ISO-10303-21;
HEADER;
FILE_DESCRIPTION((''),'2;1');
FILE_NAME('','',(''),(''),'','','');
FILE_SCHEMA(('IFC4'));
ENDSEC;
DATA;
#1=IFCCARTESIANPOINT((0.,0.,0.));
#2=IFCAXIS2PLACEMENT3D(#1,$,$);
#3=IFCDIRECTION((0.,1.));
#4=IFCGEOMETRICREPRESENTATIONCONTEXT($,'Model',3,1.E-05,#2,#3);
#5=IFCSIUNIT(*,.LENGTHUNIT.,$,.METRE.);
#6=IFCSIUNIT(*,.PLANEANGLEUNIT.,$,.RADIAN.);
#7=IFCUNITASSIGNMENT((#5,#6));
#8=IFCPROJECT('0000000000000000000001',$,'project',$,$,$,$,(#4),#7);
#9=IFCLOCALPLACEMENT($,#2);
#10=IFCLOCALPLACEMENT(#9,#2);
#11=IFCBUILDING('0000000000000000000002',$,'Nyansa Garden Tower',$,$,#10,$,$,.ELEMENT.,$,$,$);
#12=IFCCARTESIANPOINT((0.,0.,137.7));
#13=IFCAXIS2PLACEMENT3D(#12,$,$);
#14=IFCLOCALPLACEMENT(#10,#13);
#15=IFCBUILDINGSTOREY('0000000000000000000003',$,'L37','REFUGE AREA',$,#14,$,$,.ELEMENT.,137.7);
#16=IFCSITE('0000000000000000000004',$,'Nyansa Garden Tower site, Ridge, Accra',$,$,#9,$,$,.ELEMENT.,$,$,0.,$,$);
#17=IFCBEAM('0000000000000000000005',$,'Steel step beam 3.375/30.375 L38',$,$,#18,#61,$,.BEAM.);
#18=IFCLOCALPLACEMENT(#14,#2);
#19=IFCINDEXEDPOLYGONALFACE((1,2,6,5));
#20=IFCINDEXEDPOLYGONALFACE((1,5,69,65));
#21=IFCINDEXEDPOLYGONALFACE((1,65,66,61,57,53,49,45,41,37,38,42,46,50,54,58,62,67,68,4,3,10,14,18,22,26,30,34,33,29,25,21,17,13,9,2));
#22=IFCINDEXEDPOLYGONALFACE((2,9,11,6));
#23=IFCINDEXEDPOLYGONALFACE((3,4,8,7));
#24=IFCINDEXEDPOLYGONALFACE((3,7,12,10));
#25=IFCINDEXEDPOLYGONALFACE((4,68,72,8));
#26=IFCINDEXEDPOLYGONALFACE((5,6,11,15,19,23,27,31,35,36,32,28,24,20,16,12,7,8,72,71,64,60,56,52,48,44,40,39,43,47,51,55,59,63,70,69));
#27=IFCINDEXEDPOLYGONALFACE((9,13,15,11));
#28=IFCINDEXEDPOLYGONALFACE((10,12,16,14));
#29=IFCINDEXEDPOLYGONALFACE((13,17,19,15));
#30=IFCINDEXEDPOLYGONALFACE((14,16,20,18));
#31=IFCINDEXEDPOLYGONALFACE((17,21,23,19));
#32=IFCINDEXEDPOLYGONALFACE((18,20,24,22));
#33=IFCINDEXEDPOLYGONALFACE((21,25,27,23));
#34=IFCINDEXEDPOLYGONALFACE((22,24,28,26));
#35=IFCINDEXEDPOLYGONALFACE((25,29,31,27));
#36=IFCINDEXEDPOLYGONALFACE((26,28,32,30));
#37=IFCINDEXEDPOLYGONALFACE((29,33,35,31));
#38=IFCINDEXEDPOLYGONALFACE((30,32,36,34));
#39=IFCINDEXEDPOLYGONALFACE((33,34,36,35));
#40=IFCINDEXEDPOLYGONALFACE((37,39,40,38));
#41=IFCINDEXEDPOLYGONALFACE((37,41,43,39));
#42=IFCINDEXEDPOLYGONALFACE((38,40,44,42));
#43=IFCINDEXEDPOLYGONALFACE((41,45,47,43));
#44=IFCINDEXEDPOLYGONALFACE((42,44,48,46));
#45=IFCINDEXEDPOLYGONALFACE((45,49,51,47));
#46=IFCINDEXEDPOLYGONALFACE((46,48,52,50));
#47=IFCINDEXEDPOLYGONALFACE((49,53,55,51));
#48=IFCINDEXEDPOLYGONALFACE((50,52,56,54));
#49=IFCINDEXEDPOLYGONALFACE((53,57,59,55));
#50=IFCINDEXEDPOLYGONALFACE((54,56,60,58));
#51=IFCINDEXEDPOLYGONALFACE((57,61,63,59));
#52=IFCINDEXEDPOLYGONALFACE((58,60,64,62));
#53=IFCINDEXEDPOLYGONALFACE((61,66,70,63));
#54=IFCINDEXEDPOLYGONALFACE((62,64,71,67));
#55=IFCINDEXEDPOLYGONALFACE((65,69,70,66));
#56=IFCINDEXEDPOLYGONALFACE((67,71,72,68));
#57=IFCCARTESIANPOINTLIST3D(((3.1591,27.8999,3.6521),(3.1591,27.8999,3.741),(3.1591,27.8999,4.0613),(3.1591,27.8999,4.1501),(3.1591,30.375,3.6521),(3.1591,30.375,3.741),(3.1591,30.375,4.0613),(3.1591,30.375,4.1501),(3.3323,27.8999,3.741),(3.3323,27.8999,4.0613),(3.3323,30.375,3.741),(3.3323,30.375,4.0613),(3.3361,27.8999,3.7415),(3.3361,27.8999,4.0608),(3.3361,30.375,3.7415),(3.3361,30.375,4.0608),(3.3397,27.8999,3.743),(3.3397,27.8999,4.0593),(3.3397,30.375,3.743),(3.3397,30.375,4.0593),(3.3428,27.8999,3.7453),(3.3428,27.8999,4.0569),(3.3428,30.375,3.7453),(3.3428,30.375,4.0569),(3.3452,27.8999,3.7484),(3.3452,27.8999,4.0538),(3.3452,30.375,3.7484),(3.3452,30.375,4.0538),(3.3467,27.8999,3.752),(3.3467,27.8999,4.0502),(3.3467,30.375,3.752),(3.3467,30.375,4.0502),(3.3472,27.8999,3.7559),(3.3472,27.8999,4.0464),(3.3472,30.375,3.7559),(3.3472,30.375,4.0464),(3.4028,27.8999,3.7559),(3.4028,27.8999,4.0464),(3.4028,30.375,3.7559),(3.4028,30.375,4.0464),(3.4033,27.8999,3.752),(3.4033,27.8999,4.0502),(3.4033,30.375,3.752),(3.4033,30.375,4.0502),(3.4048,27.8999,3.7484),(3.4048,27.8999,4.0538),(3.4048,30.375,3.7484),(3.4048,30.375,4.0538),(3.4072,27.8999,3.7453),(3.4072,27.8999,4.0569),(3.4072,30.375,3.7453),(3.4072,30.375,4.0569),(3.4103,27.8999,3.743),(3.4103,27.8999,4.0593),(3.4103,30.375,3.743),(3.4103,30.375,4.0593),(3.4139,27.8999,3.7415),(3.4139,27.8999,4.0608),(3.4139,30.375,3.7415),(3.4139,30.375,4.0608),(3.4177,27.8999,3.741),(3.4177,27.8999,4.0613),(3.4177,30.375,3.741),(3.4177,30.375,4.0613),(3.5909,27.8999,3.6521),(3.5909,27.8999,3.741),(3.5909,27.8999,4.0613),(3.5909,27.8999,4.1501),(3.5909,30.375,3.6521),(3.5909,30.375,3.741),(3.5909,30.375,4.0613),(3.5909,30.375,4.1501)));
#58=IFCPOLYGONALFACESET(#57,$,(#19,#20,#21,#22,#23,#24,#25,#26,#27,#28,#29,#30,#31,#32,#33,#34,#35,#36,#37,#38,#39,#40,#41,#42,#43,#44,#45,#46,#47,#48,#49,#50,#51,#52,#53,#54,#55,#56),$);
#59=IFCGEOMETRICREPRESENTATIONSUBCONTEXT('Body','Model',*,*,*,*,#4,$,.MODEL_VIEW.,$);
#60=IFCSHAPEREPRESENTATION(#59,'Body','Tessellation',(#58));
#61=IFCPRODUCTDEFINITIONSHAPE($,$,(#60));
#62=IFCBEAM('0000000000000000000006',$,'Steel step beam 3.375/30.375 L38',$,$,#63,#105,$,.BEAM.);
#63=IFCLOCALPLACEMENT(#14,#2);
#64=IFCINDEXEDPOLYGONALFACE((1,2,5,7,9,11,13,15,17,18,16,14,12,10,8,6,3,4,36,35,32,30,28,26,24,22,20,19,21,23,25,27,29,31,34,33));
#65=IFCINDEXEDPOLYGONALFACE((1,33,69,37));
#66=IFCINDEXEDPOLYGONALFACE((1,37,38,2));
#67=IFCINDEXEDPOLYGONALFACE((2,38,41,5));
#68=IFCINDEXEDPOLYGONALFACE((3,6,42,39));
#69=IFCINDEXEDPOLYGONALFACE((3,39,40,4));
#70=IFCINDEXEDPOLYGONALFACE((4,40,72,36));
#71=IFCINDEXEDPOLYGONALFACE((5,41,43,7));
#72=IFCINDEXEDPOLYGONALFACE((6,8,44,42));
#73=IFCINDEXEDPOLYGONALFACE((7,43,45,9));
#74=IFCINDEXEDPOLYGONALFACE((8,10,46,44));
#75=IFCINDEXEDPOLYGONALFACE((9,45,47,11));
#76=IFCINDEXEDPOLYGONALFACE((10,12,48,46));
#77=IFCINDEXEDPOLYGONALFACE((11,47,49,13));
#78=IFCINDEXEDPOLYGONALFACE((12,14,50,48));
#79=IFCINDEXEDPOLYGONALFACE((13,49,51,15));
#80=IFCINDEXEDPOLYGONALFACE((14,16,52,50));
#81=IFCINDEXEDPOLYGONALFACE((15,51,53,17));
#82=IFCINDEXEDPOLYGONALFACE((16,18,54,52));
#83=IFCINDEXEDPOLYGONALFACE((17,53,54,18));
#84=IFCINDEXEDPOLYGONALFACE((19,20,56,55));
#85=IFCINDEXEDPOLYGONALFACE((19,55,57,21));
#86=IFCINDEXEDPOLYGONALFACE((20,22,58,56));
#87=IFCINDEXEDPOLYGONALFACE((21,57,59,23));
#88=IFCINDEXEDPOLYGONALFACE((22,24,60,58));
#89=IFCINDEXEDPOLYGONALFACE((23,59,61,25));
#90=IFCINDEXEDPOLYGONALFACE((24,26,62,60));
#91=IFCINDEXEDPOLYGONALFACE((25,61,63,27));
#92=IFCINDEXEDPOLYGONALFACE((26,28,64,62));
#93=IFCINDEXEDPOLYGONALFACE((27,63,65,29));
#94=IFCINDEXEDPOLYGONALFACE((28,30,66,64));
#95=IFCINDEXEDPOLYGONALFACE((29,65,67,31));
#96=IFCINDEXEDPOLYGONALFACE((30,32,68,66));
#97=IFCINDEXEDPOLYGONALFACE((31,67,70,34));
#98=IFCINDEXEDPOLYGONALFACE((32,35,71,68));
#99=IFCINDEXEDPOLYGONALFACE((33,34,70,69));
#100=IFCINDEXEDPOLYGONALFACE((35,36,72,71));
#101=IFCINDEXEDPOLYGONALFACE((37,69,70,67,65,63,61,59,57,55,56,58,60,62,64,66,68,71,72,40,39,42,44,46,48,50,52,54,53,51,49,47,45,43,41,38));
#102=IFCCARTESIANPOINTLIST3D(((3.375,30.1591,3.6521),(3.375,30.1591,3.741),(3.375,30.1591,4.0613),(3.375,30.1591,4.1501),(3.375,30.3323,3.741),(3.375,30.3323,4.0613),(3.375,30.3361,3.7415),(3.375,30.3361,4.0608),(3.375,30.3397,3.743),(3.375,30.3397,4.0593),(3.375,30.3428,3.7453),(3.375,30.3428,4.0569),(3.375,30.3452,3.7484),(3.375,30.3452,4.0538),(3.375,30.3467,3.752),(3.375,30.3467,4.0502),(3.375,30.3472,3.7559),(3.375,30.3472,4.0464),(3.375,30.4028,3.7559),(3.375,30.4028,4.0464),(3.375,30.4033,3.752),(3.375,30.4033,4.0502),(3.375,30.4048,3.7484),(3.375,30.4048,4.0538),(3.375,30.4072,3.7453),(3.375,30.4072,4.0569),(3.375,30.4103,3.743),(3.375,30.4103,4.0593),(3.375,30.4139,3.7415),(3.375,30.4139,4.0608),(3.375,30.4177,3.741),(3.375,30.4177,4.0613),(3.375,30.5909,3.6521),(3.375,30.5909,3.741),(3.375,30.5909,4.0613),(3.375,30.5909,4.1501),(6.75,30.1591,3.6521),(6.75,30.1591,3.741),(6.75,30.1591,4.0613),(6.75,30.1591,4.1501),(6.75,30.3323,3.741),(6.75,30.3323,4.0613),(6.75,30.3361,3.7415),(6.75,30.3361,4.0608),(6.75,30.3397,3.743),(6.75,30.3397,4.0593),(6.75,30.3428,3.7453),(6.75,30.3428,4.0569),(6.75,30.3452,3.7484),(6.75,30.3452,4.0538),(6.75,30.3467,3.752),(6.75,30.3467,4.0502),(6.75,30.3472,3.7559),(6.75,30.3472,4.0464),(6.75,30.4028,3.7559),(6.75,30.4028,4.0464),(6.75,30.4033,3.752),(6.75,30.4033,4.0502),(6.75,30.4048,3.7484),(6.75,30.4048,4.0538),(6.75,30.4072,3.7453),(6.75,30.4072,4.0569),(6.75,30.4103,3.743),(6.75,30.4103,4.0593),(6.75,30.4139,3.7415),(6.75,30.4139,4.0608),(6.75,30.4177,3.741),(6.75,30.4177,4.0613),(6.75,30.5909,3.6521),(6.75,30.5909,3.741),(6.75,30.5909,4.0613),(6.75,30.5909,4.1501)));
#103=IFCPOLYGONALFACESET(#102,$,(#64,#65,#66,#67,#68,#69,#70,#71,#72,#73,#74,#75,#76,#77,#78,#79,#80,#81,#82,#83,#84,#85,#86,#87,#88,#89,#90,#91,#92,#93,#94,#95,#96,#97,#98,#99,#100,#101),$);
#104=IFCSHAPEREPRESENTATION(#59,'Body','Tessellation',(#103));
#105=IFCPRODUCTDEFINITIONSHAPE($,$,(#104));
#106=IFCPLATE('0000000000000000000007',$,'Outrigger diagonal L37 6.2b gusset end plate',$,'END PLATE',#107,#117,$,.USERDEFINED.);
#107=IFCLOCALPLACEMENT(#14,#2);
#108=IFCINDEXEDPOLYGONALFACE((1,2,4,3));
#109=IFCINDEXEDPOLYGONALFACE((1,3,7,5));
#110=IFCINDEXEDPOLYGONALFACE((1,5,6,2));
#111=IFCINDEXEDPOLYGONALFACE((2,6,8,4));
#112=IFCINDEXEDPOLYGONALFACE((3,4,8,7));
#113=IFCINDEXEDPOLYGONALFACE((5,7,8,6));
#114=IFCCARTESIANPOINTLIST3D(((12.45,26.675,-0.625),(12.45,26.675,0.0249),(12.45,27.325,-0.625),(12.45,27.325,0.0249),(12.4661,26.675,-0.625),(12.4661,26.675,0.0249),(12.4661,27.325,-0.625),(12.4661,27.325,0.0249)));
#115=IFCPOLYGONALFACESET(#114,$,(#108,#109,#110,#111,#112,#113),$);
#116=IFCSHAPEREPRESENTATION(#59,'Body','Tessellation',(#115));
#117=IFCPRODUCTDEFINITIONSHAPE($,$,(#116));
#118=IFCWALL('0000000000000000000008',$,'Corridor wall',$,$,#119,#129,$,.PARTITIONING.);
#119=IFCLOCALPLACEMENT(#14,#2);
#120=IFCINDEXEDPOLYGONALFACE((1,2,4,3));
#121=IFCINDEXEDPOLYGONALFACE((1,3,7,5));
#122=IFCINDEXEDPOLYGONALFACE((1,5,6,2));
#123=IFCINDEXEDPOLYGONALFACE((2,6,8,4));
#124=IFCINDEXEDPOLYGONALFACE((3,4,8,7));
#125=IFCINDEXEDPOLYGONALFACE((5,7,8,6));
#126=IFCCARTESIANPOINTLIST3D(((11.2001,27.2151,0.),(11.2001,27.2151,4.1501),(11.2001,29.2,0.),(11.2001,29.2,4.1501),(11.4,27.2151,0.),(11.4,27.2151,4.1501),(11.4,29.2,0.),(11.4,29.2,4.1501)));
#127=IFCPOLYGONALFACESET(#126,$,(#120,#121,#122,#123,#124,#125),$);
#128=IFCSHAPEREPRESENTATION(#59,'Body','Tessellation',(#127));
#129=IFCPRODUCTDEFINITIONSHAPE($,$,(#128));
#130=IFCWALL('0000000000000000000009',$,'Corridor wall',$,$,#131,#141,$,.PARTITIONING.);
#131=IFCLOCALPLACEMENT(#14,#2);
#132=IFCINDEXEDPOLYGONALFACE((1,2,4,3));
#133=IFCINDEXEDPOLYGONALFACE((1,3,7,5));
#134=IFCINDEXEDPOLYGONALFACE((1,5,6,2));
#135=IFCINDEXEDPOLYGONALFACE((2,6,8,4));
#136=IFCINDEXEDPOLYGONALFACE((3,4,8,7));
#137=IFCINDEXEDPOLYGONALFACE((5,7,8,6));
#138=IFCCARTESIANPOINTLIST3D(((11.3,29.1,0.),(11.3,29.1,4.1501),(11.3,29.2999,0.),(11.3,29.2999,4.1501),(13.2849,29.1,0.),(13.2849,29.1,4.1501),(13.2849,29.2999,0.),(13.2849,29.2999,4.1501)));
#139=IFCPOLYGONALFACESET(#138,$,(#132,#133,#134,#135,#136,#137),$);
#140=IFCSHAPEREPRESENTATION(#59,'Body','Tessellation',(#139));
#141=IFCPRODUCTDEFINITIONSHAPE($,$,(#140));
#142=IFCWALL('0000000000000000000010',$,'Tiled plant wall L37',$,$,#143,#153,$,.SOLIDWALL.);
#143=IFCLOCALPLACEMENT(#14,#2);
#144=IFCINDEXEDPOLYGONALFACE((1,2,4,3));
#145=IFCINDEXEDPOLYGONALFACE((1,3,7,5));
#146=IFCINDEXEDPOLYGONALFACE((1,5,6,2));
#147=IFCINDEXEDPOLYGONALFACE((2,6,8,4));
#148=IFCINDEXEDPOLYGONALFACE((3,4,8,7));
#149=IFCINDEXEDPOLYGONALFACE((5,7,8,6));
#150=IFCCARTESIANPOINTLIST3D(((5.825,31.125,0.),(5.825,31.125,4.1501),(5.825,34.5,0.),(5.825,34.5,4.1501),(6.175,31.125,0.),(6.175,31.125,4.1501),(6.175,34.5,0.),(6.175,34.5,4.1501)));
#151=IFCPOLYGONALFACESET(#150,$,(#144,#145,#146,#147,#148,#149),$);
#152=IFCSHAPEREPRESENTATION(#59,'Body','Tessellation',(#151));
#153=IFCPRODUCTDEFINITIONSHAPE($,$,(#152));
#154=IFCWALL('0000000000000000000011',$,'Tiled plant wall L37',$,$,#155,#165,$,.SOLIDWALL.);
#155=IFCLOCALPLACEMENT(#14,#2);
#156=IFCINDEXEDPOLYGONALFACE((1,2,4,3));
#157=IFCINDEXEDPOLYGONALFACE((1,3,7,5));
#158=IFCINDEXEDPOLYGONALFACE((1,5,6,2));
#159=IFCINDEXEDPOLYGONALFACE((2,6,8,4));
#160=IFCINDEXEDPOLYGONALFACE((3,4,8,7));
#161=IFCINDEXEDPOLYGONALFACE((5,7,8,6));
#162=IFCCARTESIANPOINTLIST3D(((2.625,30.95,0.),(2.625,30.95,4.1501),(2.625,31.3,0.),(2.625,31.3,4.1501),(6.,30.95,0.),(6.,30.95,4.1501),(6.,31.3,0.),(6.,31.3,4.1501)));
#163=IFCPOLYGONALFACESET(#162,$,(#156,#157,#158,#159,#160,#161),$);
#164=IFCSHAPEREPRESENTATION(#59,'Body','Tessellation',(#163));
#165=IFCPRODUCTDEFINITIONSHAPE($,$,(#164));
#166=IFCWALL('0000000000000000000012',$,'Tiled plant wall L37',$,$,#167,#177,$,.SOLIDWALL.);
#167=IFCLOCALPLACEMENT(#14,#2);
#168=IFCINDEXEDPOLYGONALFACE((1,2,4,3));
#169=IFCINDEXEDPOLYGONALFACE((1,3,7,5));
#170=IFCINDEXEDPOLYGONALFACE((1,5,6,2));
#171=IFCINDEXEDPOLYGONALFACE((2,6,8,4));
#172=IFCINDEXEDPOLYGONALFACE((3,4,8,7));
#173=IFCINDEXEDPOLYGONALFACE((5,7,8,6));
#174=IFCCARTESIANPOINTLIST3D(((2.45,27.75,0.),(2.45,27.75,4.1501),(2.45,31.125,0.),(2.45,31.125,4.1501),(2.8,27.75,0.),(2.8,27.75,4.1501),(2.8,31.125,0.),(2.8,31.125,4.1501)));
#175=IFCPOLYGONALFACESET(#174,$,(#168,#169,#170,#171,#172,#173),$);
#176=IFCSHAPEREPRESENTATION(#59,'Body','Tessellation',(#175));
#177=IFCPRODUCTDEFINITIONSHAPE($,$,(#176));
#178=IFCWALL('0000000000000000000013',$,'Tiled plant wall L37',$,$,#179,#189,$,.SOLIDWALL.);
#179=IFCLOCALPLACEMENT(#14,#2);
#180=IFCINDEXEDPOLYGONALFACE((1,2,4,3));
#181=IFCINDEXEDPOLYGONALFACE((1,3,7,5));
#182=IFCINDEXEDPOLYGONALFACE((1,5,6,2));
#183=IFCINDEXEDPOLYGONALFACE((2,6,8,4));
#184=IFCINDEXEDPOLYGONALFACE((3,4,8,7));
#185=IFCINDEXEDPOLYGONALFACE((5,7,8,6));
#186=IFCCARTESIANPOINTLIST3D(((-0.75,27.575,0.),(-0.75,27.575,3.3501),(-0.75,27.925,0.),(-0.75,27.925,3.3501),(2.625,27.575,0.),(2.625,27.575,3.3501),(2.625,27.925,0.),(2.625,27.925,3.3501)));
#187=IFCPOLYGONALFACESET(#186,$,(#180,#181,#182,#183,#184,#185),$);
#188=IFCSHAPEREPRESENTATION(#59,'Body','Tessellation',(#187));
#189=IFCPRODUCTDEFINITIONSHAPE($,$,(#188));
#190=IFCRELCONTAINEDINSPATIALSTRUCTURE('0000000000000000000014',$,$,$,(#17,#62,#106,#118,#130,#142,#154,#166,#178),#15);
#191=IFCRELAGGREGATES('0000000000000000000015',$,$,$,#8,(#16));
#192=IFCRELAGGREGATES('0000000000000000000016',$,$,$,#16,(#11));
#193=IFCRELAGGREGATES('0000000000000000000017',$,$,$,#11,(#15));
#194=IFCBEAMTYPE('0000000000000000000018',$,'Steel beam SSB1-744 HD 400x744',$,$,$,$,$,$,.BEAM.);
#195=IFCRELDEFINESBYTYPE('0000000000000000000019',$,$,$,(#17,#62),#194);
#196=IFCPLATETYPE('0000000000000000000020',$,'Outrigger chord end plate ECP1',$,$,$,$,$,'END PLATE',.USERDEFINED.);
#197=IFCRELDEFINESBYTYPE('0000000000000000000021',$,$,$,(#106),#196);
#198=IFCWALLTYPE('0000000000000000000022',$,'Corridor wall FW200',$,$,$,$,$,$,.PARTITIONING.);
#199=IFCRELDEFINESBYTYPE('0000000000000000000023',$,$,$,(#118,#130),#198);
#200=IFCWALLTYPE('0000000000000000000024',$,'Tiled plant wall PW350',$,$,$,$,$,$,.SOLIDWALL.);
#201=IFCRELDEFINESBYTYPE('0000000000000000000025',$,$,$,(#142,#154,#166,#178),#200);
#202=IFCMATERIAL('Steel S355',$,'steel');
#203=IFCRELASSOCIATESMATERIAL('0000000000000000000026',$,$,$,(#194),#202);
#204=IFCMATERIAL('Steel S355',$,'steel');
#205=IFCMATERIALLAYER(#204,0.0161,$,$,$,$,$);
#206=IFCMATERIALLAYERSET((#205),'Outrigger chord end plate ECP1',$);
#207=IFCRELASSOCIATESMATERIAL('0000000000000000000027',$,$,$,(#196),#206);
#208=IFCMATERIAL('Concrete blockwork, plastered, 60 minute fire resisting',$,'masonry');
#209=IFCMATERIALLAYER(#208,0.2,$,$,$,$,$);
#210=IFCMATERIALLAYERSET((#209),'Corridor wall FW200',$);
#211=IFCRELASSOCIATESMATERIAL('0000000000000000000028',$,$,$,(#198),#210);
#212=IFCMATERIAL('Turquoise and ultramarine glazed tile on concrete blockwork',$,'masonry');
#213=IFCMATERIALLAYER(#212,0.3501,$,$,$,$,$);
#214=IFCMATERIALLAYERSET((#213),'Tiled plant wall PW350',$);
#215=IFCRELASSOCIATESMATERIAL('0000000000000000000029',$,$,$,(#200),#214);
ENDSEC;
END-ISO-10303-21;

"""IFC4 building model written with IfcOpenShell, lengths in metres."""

from ifc_helpers import new_model, si_unit, direction, frame, frame_2d, origin, origin_2d, place, context, subcontext, project, spatial, rectangle, i_section, extrude, material, layer, layer_set, material_profile, profile_set, type_object, element, save


model = new_model("IFC4")

# Units and contexts
model_context = context("Model", 3, precision=1e-05, world=origin(), true_north=direction((0.0, 1.0)))
body_context = subcontext(model_context, "Body", "Model", "MODEL_VIEW")
ifc_project = project(units=[si_unit("LENGTHUNIT", "METRE"), si_unit("PLANEANGLEUNIT", "RADIAN")], contexts=[model_context])

# Site, building, storey
site_placement = place(None, origin())
site = spatial("IfcSite", under=ifc_project, at=site_placement, Name="Nyansa Garden Tower site, Ridge, Accra", CompositionType="ELEMENT", RefElevation=0.0)
building_placement = place(site_placement, origin())
building = spatial("IfcBuilding", under=site, at=building_placement, Name="Nyansa Garden Tower", CompositionType="ELEMENT")
storey_placement = place(building_placement, frame((0.0, 0.0, 137.7)))
storey = spatial("IfcBuildingStorey", under=building, at=storey_placement, Name="L37", Description="REFUGE AREA", CompositionType="ELEMENT", Elevation=137.7)

# Beams
ifc_material_1 = material(Name="Steel S355", Category="steel")
ifc_material_profile_1 = material_profile(ifc_material_1, i_section(OverallWidth=0.4319, OverallDepth=0.498, WebThickness=0.0557, FlangeThickness=0.0889, FilletRadius=0.0149, at=origin_2d()), Name="HD 400x744")
ifc_profile_set_1 = profile_set([ifc_material_profile_1], Name="Steel S355")
beam_type_1 = type_object("IfcBeamType", Name="Steel beam SSB1-744 HD 400x744", PredefinedType="BEAM", material=ifc_profile_set_1)
beam_1_placement = place(storey_placement, frame((3.375, 30.375, 3.9011), z_axis=(0.0, -1.0, 0.0), x_axis=(1.0, 0.0, 0.0)))
element("IfcBeam", 1, at=beam_1_placement, inside=storey, type_object=beam_type_1, Name="Steel step beam 3.375/30.375 L38", PredefinedType="BEAM", context=body_context, shape_type="SweptSolid", body=[
    extrude(i_section(OverallWidth=0.4319, OverallDepth=0.498, WebThickness=0.0557, FlangeThickness=0.0889, FilletRadius=0.0149, at=origin_2d()), origin(), (0.0, 0.0, 1.0), 2.4751),
])
beam_2_placement = place(storey_placement, frame((3.375, 30.375, 3.9011), z_axis=(1.0, 0.0, 0.0), x_axis=(0.0, 1.0, 0.0)))
element("IfcBeam", 2, at=beam_2_placement, inside=storey, type_object=beam_type_1, Name="Steel step beam 3.375/30.375 L38", PredefinedType="BEAM", context=body_context, shape_type="SweptSolid", body=[
    extrude(i_section(OverallWidth=0.4319, OverallDepth=0.498, WebThickness=0.0557, FlangeThickness=0.0889, FilletRadius=0.0149, at=origin_2d()), origin(), (0.0, 0.0, 1.0), 3.375),
])

# Plate
ifc_material_2 = material(Name="Steel S355", Category="steel")
ifc_layer_1 = layer(ifc_material_2, 0.0161)
ifc_layer_set_1 = layer_set([ifc_layer_1], Name="Outrigger chord end plate ECP1")
plate_type = type_object("IfcPlateType", Name="Outrigger chord end plate ECP1", ElementType="END PLATE", PredefinedType="USERDEFINED", material=ifc_layer_set_1)
plate_placement = place(storey_placement, frame((12.458, 27.0, -0.625), z_axis=(0.0, 0.0, 1.0), x_axis=(1.0, 0.0, 0.0)))
element("IfcPlate", 3, at=plate_placement, inside=storey, type_object=plate_type, Name="Outrigger diagonal L37 6.2b gusset end plate", ObjectType="END PLATE", PredefinedType="USERDEFINED", context=body_context, shape_type="SweptSolid", body=[
    extrude(rectangle(XDim=0.0161, YDim=0.6499, at=origin_2d()), origin(), (0.0, 0.0, 1.0), 0.6499),
])

# Walls
ifc_material_3 = material(Name="Concrete blockwork, plastered, 60 minute fire resisting", Category="masonry")
ifc_layer_2 = layer(ifc_material_3, 0.2)
ifc_layer_set_2 = layer_set([ifc_layer_2], Name="Corridor wall FW200")
wall_type_1 = type_object("IfcWallType", Name="Corridor wall FW200", PredefinedType="PARTITIONING", material=ifc_layer_set_2)
for number, where, z_axis, x_axis, name in (
    (4, (11.3, 27.2151, 0.0), (0.0, 0.0, 1.0), (0.0, 1.0, 0.0), "Corridor wall"),
    (5, (11.3, 29.2, 0.0), (0.0, 0.0, 1.0), (1.0, 0.0, 0.0), "Corridor wall"),
):
    element("IfcWall", number, at=place(storey_placement, frame(where, z_axis=z_axis, x_axis=x_axis)), inside=storey, type_object=wall_type_1, Name=name, PredefinedType="PARTITIONING", context=body_context, shape_type="SweptSolid", body=[
        extrude(rectangle(XDim=1.9849, YDim=0.2, at=frame_2d((0.9924, 0.0))), origin(), (0.0, 0.0, 1.0), 4.1501),
    ])
ifc_material_4 = material(Name="Turquoise and ultramarine glazed tile on concrete blockwork", Category="masonry")
ifc_layer_3 = layer(ifc_material_4, 0.3501)
ifc_layer_set_3 = layer_set([ifc_layer_3], Name="Tiled plant wall PW350")
wall_type_2 = type_object("IfcWallType", Name="Tiled plant wall PW350", PredefinedType="SOLIDWALL", material=ifc_layer_set_3)
for number, where, z_axis, x_axis, name in (
    (6, (6.0, 34.5, 0.0), (0.0, 0.0, 1.0), (0.0, -1.0, 0.0), "Tiled plant wall L37"),
    (7, (6.0, 31.125, 0.0), (0.0, 0.0, 1.0), (-1.0, 0.0, 0.0), "Tiled plant wall L37"),
    (8, (2.625, 31.125, 0.0), (0.0, 0.0, 1.0), (0.0, -1.0, 0.0), "Tiled plant wall L37"),
):
    element("IfcWall", number, at=place(storey_placement, frame(where, z_axis=z_axis, x_axis=x_axis)), inside=storey, type_object=wall_type_2, Name=name, PredefinedType="SOLIDWALL", context=body_context, shape_type="SweptSolid", body=[
        extrude(rectangle(XDim=3.375, YDim=0.3501, at=frame_2d((1.6875, 0.0))), origin(), (0.0, 0.0, 1.0), 4.1501),
    ])
wall_1_placement = place(storey_placement, frame((2.625, 27.75, 0.0), z_axis=(0.0, 0.0, 1.0), x_axis=(-1.0, 0.0, 0.0)))
element("IfcWall", 9, at=wall_1_placement, inside=storey, type_object=wall_type_2, Name="Tiled plant wall L37", PredefinedType="SOLIDWALL", context=body_context, shape_type="SweptSolid", body=[
    extrude(rectangle(XDim=3.375, YDim=0.3501, at=frame_2d((1.6875, 0.0))), origin(), (0.0, 0.0, 1.0), 3.3501),
])

save(model, "model.ifc")
